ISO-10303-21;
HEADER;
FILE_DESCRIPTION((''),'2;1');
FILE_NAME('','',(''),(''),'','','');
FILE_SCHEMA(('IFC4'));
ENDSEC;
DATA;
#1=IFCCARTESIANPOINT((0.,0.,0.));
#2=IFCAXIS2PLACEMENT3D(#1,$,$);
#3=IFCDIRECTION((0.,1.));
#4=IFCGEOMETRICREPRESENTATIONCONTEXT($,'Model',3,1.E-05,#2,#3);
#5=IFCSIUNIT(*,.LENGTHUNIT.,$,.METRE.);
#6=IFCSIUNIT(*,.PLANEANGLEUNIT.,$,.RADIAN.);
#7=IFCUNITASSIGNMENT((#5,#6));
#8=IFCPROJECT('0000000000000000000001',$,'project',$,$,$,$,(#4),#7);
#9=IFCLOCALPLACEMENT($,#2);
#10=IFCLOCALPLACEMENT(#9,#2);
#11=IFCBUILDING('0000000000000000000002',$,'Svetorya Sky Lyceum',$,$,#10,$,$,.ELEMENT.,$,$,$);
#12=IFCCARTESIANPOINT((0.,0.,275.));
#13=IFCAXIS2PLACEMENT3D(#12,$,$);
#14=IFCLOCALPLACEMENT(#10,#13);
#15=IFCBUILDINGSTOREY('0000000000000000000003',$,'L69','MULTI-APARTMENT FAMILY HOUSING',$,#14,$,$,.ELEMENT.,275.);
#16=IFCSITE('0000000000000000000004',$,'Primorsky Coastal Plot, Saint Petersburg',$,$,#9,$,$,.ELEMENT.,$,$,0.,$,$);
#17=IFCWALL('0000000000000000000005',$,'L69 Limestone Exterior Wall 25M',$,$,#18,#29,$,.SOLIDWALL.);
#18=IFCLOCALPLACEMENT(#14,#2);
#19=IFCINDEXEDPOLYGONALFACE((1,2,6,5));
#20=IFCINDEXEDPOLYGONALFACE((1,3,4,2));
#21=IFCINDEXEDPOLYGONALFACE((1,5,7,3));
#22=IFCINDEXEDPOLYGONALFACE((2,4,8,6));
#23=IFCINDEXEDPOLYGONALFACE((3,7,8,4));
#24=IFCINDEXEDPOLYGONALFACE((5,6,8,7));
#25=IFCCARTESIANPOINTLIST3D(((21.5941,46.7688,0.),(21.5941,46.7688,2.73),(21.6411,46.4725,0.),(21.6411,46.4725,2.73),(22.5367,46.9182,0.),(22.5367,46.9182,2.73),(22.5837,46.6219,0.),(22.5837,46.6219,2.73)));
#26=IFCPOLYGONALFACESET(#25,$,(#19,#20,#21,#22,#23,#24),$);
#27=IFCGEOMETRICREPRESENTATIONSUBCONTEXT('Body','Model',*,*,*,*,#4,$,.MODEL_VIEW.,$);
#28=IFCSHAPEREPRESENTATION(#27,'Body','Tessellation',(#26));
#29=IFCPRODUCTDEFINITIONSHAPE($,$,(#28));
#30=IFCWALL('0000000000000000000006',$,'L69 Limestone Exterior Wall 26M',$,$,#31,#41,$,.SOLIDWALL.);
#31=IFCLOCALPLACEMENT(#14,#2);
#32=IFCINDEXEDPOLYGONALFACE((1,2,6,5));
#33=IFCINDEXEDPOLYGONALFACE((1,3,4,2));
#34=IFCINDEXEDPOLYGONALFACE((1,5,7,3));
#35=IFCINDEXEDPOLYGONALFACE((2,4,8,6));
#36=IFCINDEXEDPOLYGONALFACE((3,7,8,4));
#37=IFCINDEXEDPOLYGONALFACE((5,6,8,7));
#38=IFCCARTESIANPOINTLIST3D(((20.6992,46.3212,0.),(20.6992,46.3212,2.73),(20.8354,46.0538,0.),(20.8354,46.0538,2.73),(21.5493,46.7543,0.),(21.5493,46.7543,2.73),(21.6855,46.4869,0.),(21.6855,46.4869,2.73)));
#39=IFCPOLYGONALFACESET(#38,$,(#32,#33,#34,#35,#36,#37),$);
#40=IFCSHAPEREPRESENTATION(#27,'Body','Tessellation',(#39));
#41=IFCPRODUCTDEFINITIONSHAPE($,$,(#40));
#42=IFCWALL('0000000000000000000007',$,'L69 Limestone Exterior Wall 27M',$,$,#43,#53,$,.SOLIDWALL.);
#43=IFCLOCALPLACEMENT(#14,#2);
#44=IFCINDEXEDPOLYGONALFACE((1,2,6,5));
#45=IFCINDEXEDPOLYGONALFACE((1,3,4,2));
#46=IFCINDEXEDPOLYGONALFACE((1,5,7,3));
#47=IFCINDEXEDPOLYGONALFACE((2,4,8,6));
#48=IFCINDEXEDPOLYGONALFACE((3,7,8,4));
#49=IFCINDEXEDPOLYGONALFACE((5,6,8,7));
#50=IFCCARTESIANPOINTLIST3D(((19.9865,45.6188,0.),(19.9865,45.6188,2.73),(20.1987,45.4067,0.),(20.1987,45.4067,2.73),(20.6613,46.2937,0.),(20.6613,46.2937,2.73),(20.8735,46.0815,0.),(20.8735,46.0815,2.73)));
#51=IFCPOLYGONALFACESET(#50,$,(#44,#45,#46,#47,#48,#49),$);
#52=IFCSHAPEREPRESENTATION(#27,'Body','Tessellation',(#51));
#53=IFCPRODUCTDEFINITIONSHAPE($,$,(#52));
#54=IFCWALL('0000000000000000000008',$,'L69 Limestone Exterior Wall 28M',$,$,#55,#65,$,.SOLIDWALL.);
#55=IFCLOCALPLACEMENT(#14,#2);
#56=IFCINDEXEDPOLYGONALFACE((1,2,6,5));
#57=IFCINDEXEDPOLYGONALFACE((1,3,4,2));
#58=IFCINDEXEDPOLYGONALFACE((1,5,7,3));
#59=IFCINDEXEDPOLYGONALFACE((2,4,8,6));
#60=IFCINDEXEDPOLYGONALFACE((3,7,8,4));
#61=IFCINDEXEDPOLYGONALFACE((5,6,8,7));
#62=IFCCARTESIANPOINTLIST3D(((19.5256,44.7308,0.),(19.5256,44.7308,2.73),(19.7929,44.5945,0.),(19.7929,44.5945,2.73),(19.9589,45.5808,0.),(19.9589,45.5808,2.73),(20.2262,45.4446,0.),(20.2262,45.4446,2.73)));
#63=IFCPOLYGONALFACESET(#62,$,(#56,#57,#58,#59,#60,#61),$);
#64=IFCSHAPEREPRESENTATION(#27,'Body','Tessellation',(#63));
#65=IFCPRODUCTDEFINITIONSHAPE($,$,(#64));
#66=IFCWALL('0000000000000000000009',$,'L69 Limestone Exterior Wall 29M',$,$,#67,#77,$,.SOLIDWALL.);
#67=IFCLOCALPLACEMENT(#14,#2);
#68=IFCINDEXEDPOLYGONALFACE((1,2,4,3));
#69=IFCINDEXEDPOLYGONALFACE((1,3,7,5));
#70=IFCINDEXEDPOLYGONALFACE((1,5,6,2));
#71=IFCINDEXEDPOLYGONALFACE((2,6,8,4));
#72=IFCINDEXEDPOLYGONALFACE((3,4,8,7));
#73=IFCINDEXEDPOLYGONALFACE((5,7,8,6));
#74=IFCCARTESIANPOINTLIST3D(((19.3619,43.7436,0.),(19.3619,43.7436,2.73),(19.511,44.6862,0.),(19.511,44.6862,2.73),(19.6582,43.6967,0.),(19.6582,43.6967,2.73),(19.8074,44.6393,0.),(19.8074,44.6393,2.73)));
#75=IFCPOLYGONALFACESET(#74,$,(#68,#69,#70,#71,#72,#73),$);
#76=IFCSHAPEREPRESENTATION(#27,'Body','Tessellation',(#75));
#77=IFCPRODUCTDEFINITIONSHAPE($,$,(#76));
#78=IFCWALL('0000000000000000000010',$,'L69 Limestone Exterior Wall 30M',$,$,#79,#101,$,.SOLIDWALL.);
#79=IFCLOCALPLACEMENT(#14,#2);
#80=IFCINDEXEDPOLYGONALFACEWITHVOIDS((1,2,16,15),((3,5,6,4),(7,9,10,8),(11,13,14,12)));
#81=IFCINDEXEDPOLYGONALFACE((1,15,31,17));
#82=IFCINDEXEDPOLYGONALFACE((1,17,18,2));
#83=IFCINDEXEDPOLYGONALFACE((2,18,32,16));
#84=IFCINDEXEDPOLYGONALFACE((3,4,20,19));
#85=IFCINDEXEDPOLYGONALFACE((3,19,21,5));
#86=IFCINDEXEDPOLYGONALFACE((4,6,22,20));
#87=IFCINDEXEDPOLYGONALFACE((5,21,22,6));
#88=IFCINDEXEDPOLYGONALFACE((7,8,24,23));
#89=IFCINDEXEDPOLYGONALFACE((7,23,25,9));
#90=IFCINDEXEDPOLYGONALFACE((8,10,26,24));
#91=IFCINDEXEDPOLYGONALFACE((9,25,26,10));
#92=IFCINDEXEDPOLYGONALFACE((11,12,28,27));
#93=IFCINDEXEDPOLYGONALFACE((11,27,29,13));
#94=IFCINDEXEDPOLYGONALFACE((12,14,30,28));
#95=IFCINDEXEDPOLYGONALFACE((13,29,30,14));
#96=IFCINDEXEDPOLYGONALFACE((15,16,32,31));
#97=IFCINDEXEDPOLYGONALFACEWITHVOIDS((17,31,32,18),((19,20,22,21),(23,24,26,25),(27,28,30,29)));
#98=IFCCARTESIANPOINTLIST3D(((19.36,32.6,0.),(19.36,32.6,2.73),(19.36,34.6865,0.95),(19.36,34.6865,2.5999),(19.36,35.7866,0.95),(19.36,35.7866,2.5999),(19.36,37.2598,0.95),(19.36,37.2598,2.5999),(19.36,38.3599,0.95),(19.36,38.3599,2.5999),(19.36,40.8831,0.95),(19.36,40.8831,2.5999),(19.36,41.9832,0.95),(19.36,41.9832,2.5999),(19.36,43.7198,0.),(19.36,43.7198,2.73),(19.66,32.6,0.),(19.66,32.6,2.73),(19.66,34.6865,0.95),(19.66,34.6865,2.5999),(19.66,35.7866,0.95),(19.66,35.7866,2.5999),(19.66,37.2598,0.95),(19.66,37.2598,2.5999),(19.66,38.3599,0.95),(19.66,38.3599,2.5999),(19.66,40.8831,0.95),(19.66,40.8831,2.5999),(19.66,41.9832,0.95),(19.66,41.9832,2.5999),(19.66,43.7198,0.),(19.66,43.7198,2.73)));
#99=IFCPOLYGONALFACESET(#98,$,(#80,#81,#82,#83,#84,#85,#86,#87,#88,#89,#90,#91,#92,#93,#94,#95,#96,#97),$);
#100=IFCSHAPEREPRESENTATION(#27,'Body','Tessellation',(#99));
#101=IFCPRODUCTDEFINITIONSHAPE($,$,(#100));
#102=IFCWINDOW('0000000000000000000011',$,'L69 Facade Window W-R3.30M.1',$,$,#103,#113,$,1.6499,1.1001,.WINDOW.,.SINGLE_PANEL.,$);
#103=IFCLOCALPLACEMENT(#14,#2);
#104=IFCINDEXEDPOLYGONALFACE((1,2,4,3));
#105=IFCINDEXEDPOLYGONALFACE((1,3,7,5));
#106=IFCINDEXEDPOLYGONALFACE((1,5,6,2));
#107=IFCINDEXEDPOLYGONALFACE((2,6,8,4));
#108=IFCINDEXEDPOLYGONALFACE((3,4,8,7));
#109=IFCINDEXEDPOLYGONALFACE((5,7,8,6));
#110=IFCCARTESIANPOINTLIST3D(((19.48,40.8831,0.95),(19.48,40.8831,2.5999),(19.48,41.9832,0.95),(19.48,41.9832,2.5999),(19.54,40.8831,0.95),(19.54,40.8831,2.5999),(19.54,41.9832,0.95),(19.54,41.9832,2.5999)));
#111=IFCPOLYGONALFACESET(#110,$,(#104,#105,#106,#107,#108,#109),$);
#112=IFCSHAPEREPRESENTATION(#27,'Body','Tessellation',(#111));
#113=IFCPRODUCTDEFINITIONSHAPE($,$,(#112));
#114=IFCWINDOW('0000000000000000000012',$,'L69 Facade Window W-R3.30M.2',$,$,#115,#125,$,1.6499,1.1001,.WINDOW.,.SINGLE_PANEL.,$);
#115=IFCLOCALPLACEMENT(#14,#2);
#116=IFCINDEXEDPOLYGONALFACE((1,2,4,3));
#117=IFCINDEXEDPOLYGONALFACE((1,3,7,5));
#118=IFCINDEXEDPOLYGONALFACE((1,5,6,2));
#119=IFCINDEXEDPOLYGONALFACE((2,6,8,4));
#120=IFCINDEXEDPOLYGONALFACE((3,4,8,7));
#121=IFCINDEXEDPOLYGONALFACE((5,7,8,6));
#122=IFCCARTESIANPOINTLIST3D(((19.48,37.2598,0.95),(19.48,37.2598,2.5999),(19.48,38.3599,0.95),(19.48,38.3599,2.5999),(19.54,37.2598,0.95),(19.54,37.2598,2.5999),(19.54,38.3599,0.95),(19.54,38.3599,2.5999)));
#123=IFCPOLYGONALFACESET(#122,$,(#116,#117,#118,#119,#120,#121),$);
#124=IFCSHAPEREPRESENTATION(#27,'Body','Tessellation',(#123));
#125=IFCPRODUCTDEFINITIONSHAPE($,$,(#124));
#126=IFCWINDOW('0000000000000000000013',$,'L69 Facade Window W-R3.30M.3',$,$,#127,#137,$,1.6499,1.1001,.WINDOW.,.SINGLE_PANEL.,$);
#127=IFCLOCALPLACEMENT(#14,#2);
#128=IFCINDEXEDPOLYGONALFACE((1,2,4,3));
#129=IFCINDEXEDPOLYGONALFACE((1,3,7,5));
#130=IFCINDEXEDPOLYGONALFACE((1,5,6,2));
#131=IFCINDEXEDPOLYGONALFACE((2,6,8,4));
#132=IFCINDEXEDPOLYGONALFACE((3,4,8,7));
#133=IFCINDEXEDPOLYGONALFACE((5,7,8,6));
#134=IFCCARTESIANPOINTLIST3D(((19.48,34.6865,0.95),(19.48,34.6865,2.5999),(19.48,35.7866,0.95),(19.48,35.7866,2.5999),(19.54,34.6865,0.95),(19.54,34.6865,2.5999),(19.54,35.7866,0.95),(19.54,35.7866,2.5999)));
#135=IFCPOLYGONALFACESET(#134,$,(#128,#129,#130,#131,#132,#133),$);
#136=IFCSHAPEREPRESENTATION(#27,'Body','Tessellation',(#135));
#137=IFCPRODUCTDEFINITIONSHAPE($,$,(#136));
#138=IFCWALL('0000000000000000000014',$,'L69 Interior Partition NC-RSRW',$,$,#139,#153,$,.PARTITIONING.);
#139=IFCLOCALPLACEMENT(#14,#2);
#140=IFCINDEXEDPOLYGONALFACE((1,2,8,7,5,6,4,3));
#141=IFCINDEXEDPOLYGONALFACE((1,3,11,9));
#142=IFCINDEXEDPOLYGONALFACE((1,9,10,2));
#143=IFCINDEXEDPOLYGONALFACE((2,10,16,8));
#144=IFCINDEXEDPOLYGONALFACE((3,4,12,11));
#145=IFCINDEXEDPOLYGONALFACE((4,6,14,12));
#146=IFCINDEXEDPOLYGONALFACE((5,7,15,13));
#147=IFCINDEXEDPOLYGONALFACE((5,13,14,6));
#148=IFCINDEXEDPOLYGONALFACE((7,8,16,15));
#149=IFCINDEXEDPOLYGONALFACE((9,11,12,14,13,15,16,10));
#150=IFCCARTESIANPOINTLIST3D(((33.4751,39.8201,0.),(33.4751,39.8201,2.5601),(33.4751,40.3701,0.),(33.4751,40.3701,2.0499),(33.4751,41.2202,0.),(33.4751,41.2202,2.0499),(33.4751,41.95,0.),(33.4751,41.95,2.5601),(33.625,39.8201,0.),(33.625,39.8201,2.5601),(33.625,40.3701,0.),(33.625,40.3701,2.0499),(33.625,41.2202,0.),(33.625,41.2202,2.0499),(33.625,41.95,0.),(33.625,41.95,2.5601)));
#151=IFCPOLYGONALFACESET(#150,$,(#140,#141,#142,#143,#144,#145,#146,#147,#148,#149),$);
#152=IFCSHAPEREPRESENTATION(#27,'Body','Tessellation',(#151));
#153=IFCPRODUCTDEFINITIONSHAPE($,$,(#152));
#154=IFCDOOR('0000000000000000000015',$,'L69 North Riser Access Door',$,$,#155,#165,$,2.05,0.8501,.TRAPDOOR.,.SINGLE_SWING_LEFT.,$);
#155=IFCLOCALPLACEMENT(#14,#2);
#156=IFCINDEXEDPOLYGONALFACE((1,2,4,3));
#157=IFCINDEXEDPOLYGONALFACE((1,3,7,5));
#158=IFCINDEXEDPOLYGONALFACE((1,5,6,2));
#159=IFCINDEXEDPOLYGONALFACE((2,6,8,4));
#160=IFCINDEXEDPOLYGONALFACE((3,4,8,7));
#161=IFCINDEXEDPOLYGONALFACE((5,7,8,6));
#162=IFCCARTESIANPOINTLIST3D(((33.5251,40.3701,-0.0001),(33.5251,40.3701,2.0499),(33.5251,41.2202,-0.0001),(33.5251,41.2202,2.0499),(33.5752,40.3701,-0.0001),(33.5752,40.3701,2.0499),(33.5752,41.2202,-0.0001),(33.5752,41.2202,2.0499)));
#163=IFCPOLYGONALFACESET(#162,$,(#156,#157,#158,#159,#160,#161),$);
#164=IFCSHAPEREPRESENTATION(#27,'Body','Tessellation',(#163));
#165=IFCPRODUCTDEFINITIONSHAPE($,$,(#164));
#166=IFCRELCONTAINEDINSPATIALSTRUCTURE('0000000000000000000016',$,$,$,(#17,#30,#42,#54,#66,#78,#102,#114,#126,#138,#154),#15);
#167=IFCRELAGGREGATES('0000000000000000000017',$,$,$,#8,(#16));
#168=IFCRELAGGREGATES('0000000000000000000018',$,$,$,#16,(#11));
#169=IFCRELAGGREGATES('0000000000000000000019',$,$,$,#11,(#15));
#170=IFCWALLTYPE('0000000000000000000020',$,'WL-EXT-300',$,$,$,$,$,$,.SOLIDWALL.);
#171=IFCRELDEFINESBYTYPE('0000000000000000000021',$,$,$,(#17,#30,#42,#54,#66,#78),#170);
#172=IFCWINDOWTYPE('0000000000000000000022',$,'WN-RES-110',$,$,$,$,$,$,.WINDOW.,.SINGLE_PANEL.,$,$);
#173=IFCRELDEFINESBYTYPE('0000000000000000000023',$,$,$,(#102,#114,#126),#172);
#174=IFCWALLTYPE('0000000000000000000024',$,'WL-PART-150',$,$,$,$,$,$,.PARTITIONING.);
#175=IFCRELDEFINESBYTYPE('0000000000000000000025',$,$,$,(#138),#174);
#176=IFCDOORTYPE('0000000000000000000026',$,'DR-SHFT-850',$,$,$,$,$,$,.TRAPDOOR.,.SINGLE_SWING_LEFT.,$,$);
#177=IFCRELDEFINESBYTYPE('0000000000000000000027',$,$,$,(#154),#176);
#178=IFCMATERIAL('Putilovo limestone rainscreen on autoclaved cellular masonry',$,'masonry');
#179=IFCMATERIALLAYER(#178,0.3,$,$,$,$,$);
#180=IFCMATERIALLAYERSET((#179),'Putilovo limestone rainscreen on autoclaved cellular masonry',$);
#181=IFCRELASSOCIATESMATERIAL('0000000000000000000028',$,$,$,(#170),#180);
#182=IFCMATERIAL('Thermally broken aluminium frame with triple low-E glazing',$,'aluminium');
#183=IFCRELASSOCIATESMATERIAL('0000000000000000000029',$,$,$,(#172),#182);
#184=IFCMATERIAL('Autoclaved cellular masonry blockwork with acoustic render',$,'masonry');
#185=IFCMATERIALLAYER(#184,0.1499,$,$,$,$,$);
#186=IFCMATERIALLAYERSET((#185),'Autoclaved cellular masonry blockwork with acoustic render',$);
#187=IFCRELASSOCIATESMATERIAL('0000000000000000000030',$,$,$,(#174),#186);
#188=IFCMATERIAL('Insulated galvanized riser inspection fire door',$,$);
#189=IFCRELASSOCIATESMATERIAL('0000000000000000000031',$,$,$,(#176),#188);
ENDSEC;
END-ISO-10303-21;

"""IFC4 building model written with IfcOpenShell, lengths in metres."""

from ifc_helpers import new_model, si_unit, direction, frame, frame_2d, origin, place, context, subcontext, project, spatial, rectangle, extrude, material, layer, layer_set, type_object, element, fill, save


model = new_model("IFC4")

# Units and contexts
model_context = context("Model", 3, precision=1e-05, world=origin(), true_north=direction((0.0, 1.0)))
body_context = subcontext(model_context, "Body", "Model", "MODEL_VIEW")
ifc_project = project(units=[si_unit("LENGTHUNIT", "METRE"), si_unit("PLANEANGLEUNIT", "RADIAN")], contexts=[model_context])

# Site, building, storey
site_placement = place(None, origin())
site = spatial("IfcSite", under=ifc_project, at=site_placement, Name="Primorsky Coastal Plot, Saint Petersburg", CompositionType="ELEMENT", RefElevation=0.0)
building_placement = place(site_placement, origin())
building = spatial("IfcBuilding", under=site, at=building_placement, Name="Svetorya Sky Lyceum", CompositionType="ELEMENT")
storey_placement = place(building_placement, frame((0.0, 0.0, 275.0)))
storey = spatial("IfcBuildingStorey", under=building, at=storey_placement, Name="L69", Description="MULTI-APARTMENT FAMILY HOUSING", CompositionType="ELEMENT", Elevation=275.0)

# Walls
ifc_material_1 = material(Name="Putilovo limestone rainscreen on autoclaved cellular masonry", Category="masonry")
ifc_layer_1 = layer(ifc_material_1, 0.3)
ifc_layer_set_1 = layer_set([ifc_layer_1], Name="Putilovo limestone rainscreen on autoclaved cellular masonry")
wall_type_1 = type_object("IfcWallType", Name="WL-EXT-300", PredefinedType="SOLIDWALL", material=ifc_layer_set_1)
wall_1_placement = place(storey_placement, frame((22.5601, 46.77, 0.0), z_axis=(0.0, 0.0, 1.0), x_axis=(-0.987669, -0.156554, 0.0)))
element("IfcWall", 1, at=wall_1_placement, inside=storey, type_object=wall_type_1, Name="L69 Limestone Exterior Wall 25M", PredefinedType="SOLIDWALL", context=body_context, shape_type="SweptSolid", body=[
    extrude(rectangle(XDim=0.9543, YDim=0.3, at=frame_2d((0.4771, 0.0))), origin(), (0.0, 0.0, 1.0), 2.73),
])
wall_2_placement = place(storey_placement, frame((21.6174, 46.6206, 0.0), z_axis=(0.0, 0.0, 1.0), x_axis=(-0.891024, -0.453956, 0.0)))
element("IfcWall", 2, at=wall_2_placement, inside=storey, type_object=wall_type_1, Name="L69 Limestone Exterior Wall 26M", PredefinedType="SOLIDWALL", context=body_context, shape_type="SweptSolid", body=[
    extrude(rectangle(XDim=0.9541, YDim=0.3, at=frame_2d((0.4771, 0.0))), origin(), (0.0, 0.0, 1.0), 2.73),
])
wall_3_placement = place(storey_placement, frame((20.7673, 46.1875, 0.0), z_axis=(0.0, 0.0, 1.0), x_axis=(-0.707107, -0.707107, 0.0)))
element("IfcWall", 3, at=wall_3_placement, inside=storey, type_object=wall_type_1, Name="L69 Limestone Exterior Wall 27M", PredefinedType="SOLIDWALL", context=body_context, shape_type="SweptSolid", body=[
    extrude(rectangle(XDim=0.9543, YDim=0.3, at=frame_2d((0.4771, 0.0))), origin(), (0.0, 0.0, 1.0), 2.73),
])
wall_4_placement = place(storey_placement, frame((20.0925, 45.5127, 0.0), z_axis=(0.0, 0.0, 1.0), x_axis=(-0.45416, -0.89092, 0.0)))
element("IfcWall", 4, at=wall_4_placement, inside=storey, type_object=wall_type_1, Name="L69 Limestone Exterior Wall 28M", PredefinedType="SOLIDWALL", context=body_context, shape_type="SweptSolid", body=[
    extrude(rectangle(XDim=0.9541, YDim=0.3, at=frame_2d((0.4771, 0.0))), origin(), (0.0, 0.0, 1.0), 2.73),
])
wall_5_placement = place(storey_placement, frame((19.6592, 44.6626, 0.0), z_axis=(0.0, 0.0, 1.0), x_axis=(-0.156304, -0.987709, 0.0)))
element("IfcWall", 5, at=wall_5_placement, inside=storey, type_object=wall_type_1, Name="L69 Limestone Exterior Wall 29M", PredefinedType="SOLIDWALL", context=body_context, shape_type="SweptSolid", body=[
    extrude(rectangle(XDim=0.9543, YDim=0.3, at=frame_2d((0.4771, 0.0))), origin(), (0.0, 0.0, 1.0), 2.73),
])

# Wall, openings, windows
wall_6_placement = place(storey_placement, frame((19.51, 43.72, 0.0), z_axis=(0.0, 0.0, 1.0), x_axis=(0.0, -1.0, 0.0)))
wall_6 = element("IfcWall", 6, at=wall_6_placement, inside=storey, type_object=wall_type_1, Name="L69 Limestone Exterior Wall 30M", PredefinedType="SOLIDWALL", context=body_context, shape_type="SweptSolid", body=[
    extrude(rectangle(XDim=11.1199, YDim=0.3, at=frame_2d((5.5601, 0.0))), origin(), (0.0, 0.0, 1.0), 2.73),
])
opening_1_placement = place(wall_6_placement, frame((1.7368, 0.0, 0.95)))
opening_1 = element("IfcOpeningElement", 7, at=opening_1_placement, cuts=wall_6, PredefinedType="OPENING", context=body_context, shape_type="SweptSolid", body=[
    extrude(rectangle(XDim=1.1001, YDim=1.6499, at=frame_2d((0.55, 0.825))), frame((0.0, 0.1599, 0.0), z_axis=(0.0, -1.0, 0.0), x_axis=(1.0, 0.0, 0.0)), (0.0, 0.0, 1.0), 0.3201),
])
opening_2_placement = place(wall_6_placement, frame((5.3601, 0.0, 0.95)))
opening_2 = element("IfcOpeningElement", 8, at=opening_2_placement, cuts=wall_6, PredefinedType="OPENING", context=body_context, shape_type="SweptSolid", body=[
    extrude(rectangle(XDim=1.1001, YDim=1.6499, at=frame_2d((0.55, 0.825))), frame((0.0, 0.1599, 0.0), z_axis=(0.0, -1.0, 0.0), x_axis=(1.0, 0.0, 0.0)), (0.0, 0.0, 1.0), 0.3201),
])
opening_3_placement = place(wall_6_placement, frame((7.9333, 0.0, 0.95)))
opening_3 = element("IfcOpeningElement", 9, at=opening_3_placement, cuts=wall_6, PredefinedType="OPENING", context=body_context, shape_type="SweptSolid", body=[
    extrude(rectangle(XDim=1.1001, YDim=1.6499, at=frame_2d((0.55, 0.825))), frame((0.0, 0.1599, 0.0), z_axis=(0.0, -1.0, 0.0), x_axis=(1.0, 0.0, 0.0)), (0.0, 0.0, 1.0), 0.3201),
])
ifc_material_2 = material(Name="Thermally broken aluminium frame with triple low-E glazing", Category="aluminium")
window_type = type_object("IfcWindowType", Name="WN-RES-110", PartitioningType="SINGLE_PANEL", PredefinedType="WINDOW", material=ifc_material_2)
window_1_placement = place(opening_1_placement, origin())
window_1 = element("IfcWindow", 10, at=window_1_placement, inside=storey, type_object=window_type, Name="L69 Facade Window W-R3.30M.1", OverallHeight=1.6499, OverallWidth=1.1001, PartitioningType="SINGLE_PANEL", PredefinedType="WINDOW", context=body_context, shape_type="SweptSolid", body=[
    extrude(rectangle(XDim=1.1001, YDim=1.6499, at=frame_2d((0.55, 0.825))), frame((0.0, 0.03, 0.0), z_axis=(0.0, -1.0, 0.0), x_axis=(1.0, 0.0, 0.0)), (0.0, 0.0, 1.0), 0.0601),
])
fill(opening_1, window_1)
window_2_placement = place(opening_2_placement, origin())
window_2 = element("IfcWindow", 11, at=window_2_placement, inside=storey, type_object=window_type, Name="L69 Facade Window W-R3.30M.2", OverallHeight=1.6499, OverallWidth=1.1001, PartitioningType="SINGLE_PANEL", PredefinedType="WINDOW", context=body_context, shape_type="SweptSolid", body=[
    extrude(rectangle(XDim=1.1001, YDim=1.6499, at=frame_2d((0.55, 0.825))), frame((0.0, 0.03, 0.0), z_axis=(0.0, -1.0, 0.0), x_axis=(1.0, 0.0, 0.0)), (0.0, 0.0, 1.0), 0.0601),
])
fill(opening_2, window_2)
window_3_placement = place(opening_3_placement, origin())
window_3 = element("IfcWindow", 12, at=window_3_placement, inside=storey, type_object=window_type, Name="L69 Facade Window W-R3.30M.3", OverallHeight=1.6499, OverallWidth=1.1001, PartitioningType="SINGLE_PANEL", PredefinedType="WINDOW", context=body_context, shape_type="SweptSolid", body=[
    extrude(rectangle(XDim=1.1001, YDim=1.6499, at=frame_2d((0.55, 0.825))), frame((0.0, 0.03, 0.0), z_axis=(0.0, -1.0, 0.0), x_axis=(1.0, 0.0, 0.0)), (0.0, 0.0, 1.0), 0.0601),
])
fill(opening_3, window_3)

# Wall, opening, door
ifc_material_3 = material(Name="Autoclaved cellular masonry blockwork with acoustic render", Category="masonry")
ifc_layer_2 = layer(ifc_material_3, 0.1499)
ifc_layer_set_2 = layer_set([ifc_layer_2], Name="Autoclaved cellular masonry blockwork with acoustic render")
wall_type_2 = type_object("IfcWallType", Name="WL-PART-150", PredefinedType="PARTITIONING", material=ifc_layer_set_2)
wall_7_placement = place(storey_placement, frame((33.55, 39.8201, 0.0), z_axis=(0.0, 0.0, 1.0), x_axis=(0.0, 1.0, 0.0)))
wall_7 = element("IfcWall", 13, at=wall_7_placement, inside=storey, type_object=wall_type_2, Name="L69 Interior Partition NC-RSRW", PredefinedType="PARTITIONING", context=body_context, shape_type="SweptSolid", body=[
    extrude(rectangle(XDim=2.1299, YDim=0.1499, at=frame_2d((1.0649, 0.0))), origin(), (0.0, 0.0, 1.0), 2.5601),
])
opening_4_placement = place(wall_7_placement, frame((0.55, 0.0, 0.0)))
opening_4 = element("IfcOpeningElement", 14, at=opening_4_placement, cuts=wall_7, PredefinedType="OPENING", context=body_context, shape_type="SweptSolid", body=[
    extrude(rectangle(XDim=0.8501, YDim=2.05, at=frame_2d((0.425, 1.0249))), frame((0.0, 0.085, 0.0), z_axis=(0.0, -1.0, 0.0), x_axis=(1.0, 0.0, 0.0)), (0.0, 0.0, 1.0), 0.1699),
])
ifc_material_4 = material(Name="Insulated galvanized riser inspection fire door")
door_type = type_object("IfcDoorType", Name="DR-SHFT-850", OperationType="SINGLE_SWING_LEFT", PredefinedType="TRAPDOOR", material=ifc_material_4)
door_placement = place(opening_4_placement, origin())
door = element("IfcDoor", 15, at=door_placement, inside=storey, type_object=door_type, Name="L69 North Riser Access Door", OperationType="SINGLE_SWING_LEFT", OverallHeight=2.05, OverallWidth=0.8501, PredefinedType="TRAPDOOR", context=body_context, shape_type="SweptSolid", body=[
    extrude(rectangle(XDim=0.8501, YDim=2.05, at=frame_2d((0.425, 1.0249))), frame((0.0, 0.0249, 0.0), z_axis=(0.0, -1.0, 0.0), x_axis=(1.0, 0.0, 0.0)), (0.0, 0.0, 1.0), 0.05),
])
fill(opening_4, door)

save(model, "model.ifc")
